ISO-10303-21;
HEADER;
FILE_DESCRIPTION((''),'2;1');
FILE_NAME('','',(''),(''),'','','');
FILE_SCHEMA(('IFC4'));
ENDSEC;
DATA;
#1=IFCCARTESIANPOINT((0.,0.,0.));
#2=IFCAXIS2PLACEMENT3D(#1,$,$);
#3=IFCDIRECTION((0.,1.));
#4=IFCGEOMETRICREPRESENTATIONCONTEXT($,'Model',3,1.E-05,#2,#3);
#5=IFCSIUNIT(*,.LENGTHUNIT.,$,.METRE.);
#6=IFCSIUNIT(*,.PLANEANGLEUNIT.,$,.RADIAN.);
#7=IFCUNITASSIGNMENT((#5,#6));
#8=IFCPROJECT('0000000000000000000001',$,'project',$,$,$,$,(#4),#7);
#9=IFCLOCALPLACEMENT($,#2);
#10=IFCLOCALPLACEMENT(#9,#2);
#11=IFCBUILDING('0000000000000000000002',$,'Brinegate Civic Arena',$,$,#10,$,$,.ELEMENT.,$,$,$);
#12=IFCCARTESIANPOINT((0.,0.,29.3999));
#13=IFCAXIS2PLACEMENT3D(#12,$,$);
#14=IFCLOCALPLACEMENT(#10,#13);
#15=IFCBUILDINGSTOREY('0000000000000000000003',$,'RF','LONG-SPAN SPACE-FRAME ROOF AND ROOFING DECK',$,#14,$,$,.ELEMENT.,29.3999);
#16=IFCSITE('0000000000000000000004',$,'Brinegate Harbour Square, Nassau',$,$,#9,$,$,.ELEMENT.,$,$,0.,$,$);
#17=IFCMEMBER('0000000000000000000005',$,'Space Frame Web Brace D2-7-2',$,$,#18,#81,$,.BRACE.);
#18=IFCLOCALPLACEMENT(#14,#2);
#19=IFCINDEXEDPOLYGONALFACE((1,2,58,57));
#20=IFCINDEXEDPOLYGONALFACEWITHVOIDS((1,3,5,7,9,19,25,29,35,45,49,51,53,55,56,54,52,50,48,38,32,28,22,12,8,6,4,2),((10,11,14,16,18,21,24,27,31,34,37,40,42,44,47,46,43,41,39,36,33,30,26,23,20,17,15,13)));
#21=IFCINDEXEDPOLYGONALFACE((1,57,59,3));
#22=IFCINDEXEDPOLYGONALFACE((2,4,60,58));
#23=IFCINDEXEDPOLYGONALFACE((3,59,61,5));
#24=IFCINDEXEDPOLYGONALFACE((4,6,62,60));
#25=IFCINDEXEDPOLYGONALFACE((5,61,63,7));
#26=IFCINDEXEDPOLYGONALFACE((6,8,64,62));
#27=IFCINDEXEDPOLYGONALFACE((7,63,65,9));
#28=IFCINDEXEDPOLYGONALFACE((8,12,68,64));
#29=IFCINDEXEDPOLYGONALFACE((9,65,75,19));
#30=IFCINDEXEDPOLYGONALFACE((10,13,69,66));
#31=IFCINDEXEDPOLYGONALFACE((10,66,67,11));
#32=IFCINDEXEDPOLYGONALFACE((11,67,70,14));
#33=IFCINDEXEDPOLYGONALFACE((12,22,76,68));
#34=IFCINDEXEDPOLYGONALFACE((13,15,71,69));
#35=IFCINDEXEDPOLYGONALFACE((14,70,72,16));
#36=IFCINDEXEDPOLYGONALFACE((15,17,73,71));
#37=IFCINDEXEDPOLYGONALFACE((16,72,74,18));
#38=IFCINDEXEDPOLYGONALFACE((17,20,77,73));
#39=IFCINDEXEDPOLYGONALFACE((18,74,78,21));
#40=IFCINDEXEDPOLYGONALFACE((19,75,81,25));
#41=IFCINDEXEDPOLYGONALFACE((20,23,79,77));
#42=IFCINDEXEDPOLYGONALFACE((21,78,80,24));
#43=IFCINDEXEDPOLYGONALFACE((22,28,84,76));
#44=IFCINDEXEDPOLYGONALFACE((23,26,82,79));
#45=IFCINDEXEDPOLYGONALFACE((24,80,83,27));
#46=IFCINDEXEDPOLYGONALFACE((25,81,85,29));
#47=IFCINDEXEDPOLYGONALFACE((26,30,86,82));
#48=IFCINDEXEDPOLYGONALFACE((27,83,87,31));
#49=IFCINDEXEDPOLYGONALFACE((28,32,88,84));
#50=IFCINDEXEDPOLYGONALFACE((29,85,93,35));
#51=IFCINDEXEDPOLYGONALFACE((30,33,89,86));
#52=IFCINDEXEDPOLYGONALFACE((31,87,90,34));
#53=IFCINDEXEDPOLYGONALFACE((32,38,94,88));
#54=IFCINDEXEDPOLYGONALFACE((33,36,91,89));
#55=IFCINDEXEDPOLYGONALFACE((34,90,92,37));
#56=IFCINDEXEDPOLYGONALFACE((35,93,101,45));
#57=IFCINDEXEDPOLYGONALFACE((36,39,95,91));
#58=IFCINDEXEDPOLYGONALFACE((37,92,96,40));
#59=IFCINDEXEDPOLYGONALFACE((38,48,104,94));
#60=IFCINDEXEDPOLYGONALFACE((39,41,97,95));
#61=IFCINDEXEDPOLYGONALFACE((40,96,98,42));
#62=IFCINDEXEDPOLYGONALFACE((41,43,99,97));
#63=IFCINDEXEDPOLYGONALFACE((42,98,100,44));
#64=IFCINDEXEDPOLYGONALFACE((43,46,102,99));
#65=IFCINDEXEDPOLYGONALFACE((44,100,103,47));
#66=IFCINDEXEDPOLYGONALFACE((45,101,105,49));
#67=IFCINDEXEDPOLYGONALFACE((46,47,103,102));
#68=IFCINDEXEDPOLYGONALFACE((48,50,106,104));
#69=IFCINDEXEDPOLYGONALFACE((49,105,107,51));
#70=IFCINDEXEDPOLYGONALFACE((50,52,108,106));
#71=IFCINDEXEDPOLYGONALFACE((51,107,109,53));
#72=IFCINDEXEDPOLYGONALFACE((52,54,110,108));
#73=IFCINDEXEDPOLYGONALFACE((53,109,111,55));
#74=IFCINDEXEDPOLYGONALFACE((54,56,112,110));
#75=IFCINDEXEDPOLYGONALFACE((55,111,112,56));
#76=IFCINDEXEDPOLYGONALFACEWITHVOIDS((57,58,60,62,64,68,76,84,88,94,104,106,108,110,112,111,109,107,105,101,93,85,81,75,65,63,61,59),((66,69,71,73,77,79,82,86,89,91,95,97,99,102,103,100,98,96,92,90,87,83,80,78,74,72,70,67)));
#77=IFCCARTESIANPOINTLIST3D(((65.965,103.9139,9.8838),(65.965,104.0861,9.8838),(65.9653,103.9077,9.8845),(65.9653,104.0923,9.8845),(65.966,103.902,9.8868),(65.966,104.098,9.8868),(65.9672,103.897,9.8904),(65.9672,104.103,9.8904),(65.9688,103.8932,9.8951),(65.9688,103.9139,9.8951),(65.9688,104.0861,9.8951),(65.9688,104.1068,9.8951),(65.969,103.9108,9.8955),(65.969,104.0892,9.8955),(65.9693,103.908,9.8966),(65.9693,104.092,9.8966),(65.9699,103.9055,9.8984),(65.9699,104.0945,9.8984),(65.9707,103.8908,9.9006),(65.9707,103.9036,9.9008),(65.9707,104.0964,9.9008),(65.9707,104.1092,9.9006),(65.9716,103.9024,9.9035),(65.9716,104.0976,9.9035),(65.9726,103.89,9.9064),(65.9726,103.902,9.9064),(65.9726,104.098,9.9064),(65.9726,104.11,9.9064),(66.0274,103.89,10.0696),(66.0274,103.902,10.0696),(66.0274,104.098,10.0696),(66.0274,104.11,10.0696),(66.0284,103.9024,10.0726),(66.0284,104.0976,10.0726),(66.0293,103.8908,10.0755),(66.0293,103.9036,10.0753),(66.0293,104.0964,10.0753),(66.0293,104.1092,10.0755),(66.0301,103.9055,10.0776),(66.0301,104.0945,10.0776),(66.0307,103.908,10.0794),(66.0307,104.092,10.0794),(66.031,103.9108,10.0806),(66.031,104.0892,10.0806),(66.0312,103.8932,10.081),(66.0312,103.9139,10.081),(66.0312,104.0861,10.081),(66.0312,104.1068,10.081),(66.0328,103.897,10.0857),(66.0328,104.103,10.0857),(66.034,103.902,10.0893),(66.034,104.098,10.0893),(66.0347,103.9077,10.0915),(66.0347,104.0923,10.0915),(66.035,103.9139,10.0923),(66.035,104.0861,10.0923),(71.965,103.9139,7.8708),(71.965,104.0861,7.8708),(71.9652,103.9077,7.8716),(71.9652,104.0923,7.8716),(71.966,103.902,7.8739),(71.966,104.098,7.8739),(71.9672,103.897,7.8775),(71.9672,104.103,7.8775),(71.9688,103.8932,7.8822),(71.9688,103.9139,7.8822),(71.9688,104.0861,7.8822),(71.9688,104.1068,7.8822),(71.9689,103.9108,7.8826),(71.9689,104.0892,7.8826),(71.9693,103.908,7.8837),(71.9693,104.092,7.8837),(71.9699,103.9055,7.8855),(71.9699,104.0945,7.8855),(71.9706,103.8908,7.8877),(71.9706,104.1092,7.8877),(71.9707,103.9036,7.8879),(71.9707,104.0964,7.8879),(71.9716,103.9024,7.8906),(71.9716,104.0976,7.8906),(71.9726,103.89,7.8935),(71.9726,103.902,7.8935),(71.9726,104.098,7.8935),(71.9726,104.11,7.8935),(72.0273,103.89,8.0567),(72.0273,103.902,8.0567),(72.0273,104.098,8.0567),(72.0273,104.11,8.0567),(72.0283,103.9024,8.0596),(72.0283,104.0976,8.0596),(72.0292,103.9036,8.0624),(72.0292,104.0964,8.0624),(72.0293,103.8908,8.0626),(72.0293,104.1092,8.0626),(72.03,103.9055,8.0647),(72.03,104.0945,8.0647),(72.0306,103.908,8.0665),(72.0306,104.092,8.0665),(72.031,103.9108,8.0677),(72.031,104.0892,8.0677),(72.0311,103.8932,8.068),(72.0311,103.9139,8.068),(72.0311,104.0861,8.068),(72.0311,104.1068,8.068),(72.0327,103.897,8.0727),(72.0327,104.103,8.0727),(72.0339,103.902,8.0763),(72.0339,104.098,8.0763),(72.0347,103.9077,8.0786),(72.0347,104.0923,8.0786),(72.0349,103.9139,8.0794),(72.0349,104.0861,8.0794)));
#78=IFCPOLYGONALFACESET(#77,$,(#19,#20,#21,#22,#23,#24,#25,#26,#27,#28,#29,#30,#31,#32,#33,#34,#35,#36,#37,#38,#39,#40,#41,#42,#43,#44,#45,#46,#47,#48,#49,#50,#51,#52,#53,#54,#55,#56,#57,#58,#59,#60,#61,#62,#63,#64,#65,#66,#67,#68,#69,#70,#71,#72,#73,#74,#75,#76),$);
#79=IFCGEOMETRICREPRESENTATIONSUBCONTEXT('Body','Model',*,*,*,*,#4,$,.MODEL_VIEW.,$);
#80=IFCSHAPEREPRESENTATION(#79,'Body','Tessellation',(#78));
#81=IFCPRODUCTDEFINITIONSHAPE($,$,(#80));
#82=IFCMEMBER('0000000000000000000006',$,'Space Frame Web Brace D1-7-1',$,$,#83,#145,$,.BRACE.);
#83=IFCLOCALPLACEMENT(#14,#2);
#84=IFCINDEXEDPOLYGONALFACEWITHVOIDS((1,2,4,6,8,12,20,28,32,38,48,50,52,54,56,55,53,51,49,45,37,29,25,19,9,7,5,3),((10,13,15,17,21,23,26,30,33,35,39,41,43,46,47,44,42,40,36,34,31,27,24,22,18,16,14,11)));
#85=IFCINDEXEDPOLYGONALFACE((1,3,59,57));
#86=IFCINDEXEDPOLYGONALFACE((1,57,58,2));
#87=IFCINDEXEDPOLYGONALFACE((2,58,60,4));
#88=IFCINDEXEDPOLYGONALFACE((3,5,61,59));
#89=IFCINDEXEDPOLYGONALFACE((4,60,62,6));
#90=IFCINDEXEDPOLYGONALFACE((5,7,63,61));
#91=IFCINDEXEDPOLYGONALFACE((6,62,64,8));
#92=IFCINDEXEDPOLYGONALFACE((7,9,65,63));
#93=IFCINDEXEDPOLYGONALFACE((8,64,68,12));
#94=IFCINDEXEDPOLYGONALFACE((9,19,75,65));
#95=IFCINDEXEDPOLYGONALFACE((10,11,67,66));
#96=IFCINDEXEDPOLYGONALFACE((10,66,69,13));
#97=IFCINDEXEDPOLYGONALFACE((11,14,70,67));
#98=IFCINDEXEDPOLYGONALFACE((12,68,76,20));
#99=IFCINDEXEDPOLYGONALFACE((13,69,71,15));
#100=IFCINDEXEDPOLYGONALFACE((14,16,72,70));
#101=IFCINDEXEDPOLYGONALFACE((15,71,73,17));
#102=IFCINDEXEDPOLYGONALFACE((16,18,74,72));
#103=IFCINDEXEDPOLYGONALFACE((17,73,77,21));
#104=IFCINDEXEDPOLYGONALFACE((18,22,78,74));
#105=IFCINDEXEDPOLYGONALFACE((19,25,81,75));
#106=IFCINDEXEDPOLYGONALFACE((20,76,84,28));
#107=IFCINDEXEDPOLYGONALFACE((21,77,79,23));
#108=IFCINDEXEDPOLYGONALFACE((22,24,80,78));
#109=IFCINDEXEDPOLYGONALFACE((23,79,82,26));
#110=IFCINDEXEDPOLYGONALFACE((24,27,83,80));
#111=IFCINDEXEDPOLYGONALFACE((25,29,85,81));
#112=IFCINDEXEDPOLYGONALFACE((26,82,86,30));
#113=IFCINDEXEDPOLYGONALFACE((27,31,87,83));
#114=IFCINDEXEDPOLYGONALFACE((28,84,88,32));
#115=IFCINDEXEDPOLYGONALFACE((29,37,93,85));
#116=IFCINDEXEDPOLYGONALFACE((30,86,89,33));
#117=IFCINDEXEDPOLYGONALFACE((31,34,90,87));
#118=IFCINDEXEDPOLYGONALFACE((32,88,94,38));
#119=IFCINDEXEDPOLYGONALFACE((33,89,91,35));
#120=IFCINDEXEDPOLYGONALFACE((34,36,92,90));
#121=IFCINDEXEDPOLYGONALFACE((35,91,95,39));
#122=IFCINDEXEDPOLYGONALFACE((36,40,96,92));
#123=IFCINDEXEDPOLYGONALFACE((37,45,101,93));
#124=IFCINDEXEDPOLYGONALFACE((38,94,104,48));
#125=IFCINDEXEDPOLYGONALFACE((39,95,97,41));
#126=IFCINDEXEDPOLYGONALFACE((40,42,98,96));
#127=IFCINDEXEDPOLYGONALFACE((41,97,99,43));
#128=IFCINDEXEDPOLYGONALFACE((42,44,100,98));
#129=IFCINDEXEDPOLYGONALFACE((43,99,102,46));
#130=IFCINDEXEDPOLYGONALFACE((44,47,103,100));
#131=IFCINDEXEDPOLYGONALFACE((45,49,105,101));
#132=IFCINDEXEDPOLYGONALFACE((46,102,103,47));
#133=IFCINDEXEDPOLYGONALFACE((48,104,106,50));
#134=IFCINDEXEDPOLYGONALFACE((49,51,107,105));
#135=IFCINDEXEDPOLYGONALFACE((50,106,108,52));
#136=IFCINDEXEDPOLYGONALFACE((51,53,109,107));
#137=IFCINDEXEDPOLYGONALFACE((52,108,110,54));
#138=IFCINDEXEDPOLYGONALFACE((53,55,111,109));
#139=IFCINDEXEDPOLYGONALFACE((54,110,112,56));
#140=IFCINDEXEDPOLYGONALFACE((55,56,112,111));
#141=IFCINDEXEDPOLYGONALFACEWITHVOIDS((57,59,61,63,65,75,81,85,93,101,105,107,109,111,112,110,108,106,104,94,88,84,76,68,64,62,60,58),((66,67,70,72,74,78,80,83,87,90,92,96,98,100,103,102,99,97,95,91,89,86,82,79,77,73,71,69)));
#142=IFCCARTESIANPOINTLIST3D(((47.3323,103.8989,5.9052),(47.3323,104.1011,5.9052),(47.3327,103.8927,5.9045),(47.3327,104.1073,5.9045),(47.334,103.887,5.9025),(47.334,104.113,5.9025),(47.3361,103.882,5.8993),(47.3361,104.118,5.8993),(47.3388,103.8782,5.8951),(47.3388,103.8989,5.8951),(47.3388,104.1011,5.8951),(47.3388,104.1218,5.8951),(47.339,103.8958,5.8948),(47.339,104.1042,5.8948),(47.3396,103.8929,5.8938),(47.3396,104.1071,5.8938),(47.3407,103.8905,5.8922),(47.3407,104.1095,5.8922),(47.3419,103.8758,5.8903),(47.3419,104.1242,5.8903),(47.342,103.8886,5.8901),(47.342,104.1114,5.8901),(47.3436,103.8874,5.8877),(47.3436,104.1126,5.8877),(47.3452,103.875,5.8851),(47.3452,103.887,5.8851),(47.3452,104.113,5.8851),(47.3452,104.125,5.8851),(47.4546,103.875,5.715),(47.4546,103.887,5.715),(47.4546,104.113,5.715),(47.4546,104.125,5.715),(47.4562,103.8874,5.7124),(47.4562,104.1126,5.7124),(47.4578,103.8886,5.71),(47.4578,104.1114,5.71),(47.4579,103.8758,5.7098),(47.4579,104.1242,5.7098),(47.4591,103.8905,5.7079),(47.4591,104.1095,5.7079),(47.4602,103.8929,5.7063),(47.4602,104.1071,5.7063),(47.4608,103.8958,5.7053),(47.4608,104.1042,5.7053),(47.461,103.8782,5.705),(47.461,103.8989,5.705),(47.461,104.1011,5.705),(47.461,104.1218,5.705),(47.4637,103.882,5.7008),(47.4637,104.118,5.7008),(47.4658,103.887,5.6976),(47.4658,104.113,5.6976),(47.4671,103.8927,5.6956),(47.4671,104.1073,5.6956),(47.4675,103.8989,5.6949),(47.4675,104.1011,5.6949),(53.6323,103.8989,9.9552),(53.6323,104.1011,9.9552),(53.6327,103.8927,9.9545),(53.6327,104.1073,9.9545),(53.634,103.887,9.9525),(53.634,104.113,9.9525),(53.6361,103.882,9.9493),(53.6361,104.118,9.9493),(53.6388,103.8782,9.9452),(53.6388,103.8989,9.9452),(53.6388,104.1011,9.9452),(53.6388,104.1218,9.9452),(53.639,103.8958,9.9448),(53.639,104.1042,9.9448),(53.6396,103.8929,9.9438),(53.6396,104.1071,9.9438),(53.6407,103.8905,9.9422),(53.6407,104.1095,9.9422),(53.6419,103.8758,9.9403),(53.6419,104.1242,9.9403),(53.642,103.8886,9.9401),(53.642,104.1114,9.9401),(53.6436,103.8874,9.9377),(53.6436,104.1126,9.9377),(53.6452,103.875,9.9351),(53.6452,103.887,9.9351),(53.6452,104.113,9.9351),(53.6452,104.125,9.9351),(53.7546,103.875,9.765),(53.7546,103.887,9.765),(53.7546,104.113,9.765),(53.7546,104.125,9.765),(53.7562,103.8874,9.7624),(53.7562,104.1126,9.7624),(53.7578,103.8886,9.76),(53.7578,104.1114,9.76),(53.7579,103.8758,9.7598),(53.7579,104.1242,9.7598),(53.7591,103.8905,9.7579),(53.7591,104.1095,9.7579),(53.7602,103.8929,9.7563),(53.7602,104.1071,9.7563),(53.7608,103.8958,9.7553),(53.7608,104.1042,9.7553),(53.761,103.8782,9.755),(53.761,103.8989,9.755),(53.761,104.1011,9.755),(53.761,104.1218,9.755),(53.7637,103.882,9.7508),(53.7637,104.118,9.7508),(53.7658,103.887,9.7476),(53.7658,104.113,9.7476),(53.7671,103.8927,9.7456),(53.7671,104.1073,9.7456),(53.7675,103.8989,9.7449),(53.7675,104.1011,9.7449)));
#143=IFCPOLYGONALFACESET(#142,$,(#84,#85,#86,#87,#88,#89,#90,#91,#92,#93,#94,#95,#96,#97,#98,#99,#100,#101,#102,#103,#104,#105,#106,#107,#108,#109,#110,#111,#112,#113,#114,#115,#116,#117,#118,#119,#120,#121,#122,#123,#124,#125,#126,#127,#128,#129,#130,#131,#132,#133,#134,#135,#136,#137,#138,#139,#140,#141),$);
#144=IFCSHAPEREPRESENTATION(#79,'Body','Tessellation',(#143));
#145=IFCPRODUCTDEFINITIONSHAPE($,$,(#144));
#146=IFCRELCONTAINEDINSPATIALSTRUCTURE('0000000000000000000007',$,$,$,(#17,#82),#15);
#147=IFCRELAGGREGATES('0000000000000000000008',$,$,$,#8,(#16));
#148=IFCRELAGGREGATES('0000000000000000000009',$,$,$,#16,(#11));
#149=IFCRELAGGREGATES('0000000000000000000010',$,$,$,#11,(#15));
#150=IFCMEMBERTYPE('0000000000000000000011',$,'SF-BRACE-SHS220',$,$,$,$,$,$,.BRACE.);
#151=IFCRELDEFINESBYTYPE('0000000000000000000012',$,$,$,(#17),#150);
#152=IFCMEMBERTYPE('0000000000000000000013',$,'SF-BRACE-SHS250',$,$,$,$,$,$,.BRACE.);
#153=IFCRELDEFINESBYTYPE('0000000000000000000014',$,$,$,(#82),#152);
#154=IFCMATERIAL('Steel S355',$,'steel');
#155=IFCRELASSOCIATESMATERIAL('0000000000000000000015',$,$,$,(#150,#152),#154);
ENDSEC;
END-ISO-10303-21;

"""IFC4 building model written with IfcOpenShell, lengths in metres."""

from ifc_helpers import new_model, si_unit, direction, frame, origin, origin_2d, place, context, subcontext, project, spatial, hollow_rectangle, extrude, material, material_profile, profile_set, type_object, element, save


model = new_model("IFC4")

# Units and contexts
model_context = context("Model", 3, precision=1e-05, world=origin(), true_north=direction((0.0, 1.0)))
body_context = subcontext(model_context, "Body", "Model", "MODEL_VIEW")
ifc_project = project(units=[si_unit("LENGTHUNIT", "METRE"), si_unit("PLANEANGLEUNIT", "RADIAN")], contexts=[model_context])

# Site, building, storey
site_placement = place(None, origin())
site = spatial("IfcSite", under=ifc_project, at=site_placement, Name="Brinegate Harbour Square, Nassau", CompositionType="ELEMENT", RefElevation=0.0)
building_placement = place(site_placement, origin())
building = spatial("IfcBuilding", under=site, at=building_placement, Name="Brinegate Civic Arena", CompositionType="ELEMENT")
storey_placement = place(building_placement, frame((0.0, 0.0, 29.3999)))
storey = spatial("IfcBuildingStorey", under=building, at=storey_placement, Name="RF", Description="LONG-SPAN SPACE-FRAME ROOF AND ROOFING DECK", CompositionType="ELEMENT", Elevation=29.3999)

# Shared definitions
ifc_material_1 = material(Name="Steel S355", Category="steel")

# Members
ifc_material_profile_1 = material_profile(ifc_material_1, hollow_rectangle(XDim=0.22, YDim=0.22, WallThickness=0.012, InnerFilletRadius=0.012, OuterFilletRadius=0.0239, at=origin_2d()), Name="SHS220X12")
ifc_profile_set_1 = profile_set([ifc_material_profile_1], Name="Steel S355")
member_type_1 = type_object("IfcMemberType", Name="SF-BRACE-SHS220", PredefinedType="BRACE", material=ifc_profile_set_1)
member_1_placement = place(storey_placement, frame((66.0, 104.0, 9.988), z_axis=(0.948068, 0.0, -0.318067), x_axis=(0.0, 1.0, 0.0)))
element("IfcMember", 1, at=member_1_placement, inside=storey, type_object=member_type_1, Name="Space Frame Web Brace D2-7-2", PredefinedType="BRACE", context=body_context, shape_type="SweptSolid", body=[
    extrude(hollow_rectangle(XDim=0.22, YDim=0.22, WallThickness=0.012, InnerFilletRadius=0.012, OuterFilletRadius=0.0239, at=origin_2d()), origin(), (0.0, 0.0, 1.0), 6.3286),
])
ifc_material_profile_2 = material_profile(ifc_material_1, hollow_rectangle(XDim=0.25, YDim=0.25, WallThickness=0.012, InnerFilletRadius=0.012, OuterFilletRadius=0.0239, at=origin_2d()), Name="SHS250X12")
ifc_profile_set_2 = profile_set([ifc_material_profile_2], Name="Steel S355")
member_type_2 = type_object("IfcMemberType", Name="SF-BRACE-SHS250", PredefinedType="BRACE", material=ifc_profile_set_2)
member_2_placement = place(storey_placement, frame((47.3999, 104.0, 5.8), z_axis=(0.841177, 0.0, 0.540759), x_axis=(0.0, 1.0, 0.0)))
element("IfcMember", 2, at=member_2_placement, inside=storey, type_object=member_type_2, Name="Space Frame Web Brace D1-7-1", PredefinedType="BRACE", context=body_context, shape_type="SweptSolid", body=[
    extrude(hollow_rectangle(XDim=0.25, YDim=0.25, WallThickness=0.012, InnerFilletRadius=0.012, OuterFilletRadius=0.0239, at=origin_2d()), origin(), (0.0, 0.0, 1.0), 7.4895),
])

save(model, "model.ifc")
